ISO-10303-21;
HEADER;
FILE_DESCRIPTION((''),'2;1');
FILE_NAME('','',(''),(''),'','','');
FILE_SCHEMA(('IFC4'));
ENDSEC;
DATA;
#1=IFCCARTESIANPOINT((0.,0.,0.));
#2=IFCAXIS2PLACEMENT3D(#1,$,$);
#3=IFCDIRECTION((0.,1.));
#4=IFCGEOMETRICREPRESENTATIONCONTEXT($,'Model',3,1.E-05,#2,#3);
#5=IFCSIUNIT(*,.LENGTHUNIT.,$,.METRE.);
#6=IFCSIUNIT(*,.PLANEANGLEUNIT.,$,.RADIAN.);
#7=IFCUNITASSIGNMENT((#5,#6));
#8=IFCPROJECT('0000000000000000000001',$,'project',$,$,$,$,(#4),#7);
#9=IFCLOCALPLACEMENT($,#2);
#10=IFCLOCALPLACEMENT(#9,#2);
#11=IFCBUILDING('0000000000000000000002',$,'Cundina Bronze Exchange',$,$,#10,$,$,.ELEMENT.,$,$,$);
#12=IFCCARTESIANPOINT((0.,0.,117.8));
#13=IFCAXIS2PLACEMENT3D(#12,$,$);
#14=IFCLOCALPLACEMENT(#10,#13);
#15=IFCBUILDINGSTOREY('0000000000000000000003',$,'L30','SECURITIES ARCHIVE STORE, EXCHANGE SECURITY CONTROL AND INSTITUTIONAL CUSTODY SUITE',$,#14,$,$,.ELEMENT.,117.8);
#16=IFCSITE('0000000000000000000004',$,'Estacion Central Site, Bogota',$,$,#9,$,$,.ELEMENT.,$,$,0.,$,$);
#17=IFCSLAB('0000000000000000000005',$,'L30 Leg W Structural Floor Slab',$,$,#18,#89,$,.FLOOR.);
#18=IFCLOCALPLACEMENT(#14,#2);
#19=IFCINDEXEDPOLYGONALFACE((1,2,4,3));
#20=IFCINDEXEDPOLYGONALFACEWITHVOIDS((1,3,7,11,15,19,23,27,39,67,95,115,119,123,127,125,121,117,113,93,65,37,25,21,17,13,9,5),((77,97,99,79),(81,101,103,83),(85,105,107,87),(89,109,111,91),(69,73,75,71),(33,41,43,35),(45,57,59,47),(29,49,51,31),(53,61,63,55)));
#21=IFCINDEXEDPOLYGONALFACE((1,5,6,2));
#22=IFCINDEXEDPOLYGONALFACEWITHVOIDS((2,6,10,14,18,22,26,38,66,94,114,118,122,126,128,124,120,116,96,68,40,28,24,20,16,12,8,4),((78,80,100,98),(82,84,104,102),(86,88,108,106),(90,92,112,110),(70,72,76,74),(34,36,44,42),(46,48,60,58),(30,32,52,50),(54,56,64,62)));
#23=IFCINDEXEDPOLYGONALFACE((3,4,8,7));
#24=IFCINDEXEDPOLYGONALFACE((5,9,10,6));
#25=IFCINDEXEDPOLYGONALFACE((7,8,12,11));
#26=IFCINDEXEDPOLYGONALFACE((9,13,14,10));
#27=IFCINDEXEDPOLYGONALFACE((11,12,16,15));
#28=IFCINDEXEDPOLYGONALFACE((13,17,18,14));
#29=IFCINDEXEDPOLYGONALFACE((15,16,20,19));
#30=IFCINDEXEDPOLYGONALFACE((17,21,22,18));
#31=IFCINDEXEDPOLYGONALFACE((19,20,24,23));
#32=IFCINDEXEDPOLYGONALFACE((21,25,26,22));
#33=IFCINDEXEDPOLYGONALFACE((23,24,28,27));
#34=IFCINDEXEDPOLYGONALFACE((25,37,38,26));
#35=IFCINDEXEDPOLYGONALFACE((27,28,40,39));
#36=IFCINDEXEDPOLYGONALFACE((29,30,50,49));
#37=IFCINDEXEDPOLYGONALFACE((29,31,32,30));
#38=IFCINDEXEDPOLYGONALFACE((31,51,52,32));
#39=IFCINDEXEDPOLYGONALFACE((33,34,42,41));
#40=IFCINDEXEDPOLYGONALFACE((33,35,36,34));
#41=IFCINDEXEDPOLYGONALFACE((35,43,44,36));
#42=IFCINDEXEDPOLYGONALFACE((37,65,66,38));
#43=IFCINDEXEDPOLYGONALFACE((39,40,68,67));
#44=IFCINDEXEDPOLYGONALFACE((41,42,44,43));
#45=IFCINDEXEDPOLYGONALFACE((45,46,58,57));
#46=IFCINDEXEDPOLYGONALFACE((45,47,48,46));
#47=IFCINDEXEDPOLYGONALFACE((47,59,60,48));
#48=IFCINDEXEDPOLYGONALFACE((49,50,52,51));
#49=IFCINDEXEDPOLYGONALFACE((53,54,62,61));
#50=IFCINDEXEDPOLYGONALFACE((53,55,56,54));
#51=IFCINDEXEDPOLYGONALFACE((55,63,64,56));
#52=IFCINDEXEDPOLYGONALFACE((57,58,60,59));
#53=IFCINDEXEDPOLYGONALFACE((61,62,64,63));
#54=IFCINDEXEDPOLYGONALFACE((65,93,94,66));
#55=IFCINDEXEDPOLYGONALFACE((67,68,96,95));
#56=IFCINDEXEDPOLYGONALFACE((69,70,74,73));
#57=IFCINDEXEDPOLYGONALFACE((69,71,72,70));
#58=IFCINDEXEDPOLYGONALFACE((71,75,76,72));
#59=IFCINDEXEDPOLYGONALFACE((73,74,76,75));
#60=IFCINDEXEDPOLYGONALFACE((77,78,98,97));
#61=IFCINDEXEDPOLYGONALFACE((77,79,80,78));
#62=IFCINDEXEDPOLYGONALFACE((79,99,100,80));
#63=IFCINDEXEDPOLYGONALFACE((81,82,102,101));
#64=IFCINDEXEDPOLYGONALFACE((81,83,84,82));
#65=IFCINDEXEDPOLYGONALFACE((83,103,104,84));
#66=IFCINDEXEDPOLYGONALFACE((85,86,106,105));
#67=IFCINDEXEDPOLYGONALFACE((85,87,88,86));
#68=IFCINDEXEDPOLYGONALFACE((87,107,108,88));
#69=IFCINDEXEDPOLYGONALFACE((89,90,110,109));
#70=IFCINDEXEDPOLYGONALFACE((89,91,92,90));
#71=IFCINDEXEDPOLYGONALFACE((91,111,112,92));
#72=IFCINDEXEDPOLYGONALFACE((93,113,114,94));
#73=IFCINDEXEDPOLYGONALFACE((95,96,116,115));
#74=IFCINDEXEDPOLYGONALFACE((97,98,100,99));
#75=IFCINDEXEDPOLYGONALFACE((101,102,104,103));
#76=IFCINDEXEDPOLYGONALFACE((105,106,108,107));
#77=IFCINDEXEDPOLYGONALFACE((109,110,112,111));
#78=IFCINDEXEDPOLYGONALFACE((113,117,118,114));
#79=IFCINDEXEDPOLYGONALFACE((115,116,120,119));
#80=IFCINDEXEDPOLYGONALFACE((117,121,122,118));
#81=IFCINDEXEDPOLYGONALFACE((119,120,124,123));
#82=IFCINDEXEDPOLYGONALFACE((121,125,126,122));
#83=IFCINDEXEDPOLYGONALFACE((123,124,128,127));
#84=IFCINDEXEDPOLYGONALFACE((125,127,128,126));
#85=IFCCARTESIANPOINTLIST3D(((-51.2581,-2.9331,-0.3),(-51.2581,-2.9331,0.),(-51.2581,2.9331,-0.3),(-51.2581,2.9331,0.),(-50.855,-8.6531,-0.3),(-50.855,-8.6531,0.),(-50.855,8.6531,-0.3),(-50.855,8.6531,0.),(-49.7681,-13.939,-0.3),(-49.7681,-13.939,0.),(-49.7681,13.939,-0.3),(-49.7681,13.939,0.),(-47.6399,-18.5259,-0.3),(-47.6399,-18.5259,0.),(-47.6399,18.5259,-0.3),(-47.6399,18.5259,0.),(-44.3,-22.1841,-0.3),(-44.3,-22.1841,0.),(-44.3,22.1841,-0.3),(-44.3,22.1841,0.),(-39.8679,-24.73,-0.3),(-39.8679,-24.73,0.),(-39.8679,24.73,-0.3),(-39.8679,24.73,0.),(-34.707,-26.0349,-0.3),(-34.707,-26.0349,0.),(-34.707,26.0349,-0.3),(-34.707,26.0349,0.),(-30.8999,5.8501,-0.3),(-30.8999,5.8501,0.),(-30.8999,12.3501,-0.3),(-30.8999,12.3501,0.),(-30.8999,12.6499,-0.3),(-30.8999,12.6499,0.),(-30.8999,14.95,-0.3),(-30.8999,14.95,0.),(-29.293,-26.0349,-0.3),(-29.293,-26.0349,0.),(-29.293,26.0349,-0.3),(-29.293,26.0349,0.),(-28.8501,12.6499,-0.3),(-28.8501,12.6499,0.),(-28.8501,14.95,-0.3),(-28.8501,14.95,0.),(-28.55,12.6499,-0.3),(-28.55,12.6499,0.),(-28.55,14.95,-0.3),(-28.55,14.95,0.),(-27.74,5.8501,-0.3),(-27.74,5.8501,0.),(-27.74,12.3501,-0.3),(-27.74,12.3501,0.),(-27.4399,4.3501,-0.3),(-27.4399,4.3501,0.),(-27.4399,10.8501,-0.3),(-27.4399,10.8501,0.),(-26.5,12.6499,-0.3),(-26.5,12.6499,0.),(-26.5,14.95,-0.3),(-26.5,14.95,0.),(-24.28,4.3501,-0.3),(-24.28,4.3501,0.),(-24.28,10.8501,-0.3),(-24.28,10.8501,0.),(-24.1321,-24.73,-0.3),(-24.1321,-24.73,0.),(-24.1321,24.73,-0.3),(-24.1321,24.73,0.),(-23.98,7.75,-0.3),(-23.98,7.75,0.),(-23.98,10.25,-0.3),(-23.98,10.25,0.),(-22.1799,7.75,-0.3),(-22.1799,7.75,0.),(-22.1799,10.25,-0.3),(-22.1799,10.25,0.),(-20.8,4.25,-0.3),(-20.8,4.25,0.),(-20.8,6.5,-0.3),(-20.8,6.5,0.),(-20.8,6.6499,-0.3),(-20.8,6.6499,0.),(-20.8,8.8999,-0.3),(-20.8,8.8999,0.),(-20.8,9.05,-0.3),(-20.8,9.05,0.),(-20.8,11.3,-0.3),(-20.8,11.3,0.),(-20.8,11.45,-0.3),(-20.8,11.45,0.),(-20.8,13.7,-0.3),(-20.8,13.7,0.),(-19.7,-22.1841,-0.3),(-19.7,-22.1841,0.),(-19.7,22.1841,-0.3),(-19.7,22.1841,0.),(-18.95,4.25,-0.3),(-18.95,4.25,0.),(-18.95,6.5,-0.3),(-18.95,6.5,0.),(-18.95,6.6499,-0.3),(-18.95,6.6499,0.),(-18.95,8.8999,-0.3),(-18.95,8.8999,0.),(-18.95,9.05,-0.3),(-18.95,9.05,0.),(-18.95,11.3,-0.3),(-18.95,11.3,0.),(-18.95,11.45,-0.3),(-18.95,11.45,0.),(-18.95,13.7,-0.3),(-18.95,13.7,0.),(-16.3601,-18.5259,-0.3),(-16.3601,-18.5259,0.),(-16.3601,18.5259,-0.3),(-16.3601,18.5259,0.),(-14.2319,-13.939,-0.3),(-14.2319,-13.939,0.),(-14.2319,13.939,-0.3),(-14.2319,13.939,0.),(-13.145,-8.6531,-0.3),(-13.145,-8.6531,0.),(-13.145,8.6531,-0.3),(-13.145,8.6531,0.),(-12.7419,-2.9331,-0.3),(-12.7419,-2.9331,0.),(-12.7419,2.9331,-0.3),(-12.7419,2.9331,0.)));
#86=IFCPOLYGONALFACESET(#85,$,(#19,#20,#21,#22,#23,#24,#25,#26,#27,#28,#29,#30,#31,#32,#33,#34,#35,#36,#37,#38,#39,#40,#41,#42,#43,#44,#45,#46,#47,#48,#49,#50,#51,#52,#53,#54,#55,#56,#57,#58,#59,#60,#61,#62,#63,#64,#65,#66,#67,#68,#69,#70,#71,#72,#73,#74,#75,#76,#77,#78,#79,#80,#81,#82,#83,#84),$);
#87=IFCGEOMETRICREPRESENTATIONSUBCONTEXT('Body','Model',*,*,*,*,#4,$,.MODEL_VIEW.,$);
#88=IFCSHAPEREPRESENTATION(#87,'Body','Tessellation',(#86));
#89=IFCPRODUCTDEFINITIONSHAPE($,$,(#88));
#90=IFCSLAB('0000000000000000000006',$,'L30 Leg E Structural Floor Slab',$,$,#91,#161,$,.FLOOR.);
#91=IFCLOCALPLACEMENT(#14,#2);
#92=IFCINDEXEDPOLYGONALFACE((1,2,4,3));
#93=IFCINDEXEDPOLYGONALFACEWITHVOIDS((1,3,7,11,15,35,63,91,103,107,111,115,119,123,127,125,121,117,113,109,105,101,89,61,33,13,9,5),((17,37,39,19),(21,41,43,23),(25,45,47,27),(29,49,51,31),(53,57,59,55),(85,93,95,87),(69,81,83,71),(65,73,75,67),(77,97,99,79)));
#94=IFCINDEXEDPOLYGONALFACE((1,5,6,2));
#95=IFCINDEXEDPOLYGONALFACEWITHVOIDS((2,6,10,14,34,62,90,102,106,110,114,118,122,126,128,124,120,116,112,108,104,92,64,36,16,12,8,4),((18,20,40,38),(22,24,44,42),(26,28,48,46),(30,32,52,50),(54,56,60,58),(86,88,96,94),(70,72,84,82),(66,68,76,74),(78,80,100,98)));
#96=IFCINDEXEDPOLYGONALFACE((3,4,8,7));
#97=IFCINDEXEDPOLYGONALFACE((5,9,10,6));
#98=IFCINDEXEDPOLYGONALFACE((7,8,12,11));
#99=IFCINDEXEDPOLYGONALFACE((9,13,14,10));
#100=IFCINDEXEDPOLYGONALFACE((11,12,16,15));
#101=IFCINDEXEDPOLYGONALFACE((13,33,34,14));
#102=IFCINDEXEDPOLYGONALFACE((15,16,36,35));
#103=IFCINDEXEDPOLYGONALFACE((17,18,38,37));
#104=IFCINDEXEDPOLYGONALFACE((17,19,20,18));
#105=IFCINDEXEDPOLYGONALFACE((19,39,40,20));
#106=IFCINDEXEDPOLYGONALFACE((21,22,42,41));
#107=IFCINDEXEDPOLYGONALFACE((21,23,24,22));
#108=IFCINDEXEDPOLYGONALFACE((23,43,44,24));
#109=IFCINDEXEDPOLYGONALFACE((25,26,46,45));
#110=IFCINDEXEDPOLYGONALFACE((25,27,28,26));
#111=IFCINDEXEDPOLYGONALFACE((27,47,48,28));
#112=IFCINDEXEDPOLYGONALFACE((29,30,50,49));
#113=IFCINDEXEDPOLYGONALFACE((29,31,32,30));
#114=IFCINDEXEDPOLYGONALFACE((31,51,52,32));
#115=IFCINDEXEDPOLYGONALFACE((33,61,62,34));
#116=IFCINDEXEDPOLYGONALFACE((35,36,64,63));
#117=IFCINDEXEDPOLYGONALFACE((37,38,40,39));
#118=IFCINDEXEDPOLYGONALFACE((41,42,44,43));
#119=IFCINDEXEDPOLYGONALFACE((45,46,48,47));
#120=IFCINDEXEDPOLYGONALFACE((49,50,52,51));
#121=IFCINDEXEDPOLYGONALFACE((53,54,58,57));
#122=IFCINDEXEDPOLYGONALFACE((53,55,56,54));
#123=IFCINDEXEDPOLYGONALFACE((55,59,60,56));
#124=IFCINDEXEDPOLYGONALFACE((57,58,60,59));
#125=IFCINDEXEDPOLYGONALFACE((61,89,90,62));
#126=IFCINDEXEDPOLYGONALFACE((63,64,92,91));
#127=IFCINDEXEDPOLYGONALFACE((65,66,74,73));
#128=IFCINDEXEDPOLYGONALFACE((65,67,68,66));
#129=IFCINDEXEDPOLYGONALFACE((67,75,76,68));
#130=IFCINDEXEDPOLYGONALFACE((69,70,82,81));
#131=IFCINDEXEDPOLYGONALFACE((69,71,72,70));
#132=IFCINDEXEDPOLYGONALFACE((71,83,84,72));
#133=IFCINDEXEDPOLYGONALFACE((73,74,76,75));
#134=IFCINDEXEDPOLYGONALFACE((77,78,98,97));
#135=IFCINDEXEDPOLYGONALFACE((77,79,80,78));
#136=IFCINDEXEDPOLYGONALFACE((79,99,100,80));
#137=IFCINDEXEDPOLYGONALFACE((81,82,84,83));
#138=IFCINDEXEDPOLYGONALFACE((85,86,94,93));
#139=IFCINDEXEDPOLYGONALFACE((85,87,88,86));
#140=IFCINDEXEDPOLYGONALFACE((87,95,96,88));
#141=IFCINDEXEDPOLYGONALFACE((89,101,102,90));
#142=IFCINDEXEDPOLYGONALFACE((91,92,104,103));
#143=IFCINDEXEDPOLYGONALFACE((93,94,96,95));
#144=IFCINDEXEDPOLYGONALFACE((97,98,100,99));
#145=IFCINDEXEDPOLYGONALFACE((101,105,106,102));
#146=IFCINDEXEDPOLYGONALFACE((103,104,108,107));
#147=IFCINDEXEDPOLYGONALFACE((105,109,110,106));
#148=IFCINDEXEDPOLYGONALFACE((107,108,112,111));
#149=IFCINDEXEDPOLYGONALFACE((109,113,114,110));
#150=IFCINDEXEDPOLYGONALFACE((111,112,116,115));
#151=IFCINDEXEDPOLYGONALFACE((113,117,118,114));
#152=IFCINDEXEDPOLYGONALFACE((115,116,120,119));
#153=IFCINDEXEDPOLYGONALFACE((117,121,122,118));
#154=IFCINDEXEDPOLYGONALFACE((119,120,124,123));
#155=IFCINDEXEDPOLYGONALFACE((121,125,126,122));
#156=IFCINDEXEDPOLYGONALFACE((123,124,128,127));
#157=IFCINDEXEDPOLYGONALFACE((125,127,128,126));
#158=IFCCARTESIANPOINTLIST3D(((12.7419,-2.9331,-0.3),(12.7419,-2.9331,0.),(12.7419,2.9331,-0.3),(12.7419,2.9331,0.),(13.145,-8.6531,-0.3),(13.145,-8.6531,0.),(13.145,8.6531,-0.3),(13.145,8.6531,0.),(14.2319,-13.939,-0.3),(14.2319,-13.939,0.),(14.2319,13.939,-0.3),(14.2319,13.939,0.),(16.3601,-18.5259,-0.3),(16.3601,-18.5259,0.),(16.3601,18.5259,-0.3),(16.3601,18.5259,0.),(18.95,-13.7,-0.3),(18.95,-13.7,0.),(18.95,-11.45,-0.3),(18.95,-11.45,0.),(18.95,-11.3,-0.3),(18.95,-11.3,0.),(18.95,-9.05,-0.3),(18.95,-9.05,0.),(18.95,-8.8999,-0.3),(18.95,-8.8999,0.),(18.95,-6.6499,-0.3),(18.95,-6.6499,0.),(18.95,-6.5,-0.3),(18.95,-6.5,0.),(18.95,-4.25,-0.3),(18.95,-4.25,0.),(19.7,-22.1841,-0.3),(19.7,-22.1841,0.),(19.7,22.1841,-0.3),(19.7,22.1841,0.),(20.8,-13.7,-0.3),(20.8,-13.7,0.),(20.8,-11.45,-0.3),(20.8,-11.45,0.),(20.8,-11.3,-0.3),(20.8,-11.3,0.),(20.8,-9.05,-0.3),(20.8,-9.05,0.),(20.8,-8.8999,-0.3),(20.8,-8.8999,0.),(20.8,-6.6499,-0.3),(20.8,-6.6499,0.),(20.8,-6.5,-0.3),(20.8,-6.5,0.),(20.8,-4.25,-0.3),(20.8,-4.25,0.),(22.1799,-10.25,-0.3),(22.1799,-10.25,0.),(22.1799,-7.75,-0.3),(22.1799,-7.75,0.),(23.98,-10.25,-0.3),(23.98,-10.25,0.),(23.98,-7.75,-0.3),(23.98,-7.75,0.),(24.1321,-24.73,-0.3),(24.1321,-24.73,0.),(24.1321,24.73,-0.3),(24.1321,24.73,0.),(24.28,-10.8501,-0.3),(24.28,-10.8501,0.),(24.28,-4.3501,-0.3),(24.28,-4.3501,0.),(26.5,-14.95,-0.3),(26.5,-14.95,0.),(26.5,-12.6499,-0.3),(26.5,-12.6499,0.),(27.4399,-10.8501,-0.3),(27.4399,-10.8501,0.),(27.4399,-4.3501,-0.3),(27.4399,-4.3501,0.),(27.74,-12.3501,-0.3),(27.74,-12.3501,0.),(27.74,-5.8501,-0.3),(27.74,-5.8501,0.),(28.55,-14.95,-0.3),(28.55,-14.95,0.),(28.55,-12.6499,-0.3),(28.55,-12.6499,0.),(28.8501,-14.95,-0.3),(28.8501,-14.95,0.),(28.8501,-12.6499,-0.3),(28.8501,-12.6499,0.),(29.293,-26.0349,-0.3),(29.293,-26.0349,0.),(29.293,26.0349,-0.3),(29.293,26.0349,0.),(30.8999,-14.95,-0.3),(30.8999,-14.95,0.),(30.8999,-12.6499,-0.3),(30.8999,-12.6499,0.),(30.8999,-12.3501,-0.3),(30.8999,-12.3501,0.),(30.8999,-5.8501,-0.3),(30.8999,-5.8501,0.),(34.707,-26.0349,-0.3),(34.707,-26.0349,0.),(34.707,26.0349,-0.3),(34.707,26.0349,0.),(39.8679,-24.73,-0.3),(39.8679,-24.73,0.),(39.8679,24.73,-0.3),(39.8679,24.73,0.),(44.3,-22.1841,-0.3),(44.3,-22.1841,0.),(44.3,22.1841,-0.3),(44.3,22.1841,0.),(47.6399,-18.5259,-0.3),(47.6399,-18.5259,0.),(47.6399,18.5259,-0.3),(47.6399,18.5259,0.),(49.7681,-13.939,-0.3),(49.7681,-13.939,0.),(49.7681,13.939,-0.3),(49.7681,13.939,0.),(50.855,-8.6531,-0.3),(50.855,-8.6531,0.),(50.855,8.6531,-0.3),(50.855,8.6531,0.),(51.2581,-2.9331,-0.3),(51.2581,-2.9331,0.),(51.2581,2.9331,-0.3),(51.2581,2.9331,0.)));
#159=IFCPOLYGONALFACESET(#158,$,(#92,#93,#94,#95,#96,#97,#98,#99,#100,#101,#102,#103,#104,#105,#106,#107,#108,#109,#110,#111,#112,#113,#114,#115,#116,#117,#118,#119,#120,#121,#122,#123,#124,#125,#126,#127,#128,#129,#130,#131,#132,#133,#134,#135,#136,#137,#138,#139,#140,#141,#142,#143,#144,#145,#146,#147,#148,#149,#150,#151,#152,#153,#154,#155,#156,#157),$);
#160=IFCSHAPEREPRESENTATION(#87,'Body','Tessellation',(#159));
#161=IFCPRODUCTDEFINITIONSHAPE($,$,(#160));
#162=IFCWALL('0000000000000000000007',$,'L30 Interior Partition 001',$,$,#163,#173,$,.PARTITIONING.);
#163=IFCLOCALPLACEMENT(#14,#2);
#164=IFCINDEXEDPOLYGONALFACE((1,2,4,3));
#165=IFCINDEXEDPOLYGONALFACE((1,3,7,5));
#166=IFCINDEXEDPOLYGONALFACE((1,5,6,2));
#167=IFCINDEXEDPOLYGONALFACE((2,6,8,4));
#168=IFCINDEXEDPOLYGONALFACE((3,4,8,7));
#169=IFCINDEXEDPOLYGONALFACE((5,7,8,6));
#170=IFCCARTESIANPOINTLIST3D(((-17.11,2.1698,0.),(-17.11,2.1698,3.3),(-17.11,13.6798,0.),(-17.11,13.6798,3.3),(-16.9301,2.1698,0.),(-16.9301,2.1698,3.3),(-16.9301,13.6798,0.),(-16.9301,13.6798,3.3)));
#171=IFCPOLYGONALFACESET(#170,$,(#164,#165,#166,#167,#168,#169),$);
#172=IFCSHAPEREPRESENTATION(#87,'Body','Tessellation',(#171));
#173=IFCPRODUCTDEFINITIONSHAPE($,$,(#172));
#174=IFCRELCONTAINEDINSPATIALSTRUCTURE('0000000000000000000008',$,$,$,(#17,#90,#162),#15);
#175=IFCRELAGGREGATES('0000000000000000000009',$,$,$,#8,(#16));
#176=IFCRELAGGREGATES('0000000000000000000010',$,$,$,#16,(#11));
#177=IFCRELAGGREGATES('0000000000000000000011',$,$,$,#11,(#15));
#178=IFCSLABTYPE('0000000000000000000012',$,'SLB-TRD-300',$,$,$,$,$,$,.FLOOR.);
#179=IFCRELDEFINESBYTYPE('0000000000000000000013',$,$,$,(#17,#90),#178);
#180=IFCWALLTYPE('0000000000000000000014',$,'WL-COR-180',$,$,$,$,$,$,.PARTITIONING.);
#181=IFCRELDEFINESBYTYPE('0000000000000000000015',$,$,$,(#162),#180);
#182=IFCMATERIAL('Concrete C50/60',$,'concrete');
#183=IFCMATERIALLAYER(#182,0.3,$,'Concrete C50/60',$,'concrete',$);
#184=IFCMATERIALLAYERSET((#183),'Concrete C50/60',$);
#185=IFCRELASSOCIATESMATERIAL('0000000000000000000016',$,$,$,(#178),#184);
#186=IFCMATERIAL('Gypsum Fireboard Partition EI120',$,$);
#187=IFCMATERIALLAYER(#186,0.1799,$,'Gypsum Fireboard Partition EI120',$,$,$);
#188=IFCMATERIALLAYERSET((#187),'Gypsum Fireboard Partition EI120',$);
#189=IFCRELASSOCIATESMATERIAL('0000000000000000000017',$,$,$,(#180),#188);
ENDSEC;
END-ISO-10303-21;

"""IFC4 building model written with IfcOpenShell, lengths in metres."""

from ifc_helpers import new_model, si_unit, direction, frame, frame_2d, origin, place, context, subcontext, project, spatial, polyline, rectangle, outline, extrude, material, layer, layer_set, type_object, element, save


model = new_model("IFC4")

# Units and contexts
model_context = context("Model", 3, precision=1e-05, world=origin(), true_north=direction((0.0, 1.0)))
body_context = subcontext(model_context, "Body", "Model", "MODEL_VIEW")
ifc_project = project(units=[si_unit("LENGTHUNIT", "METRE"), si_unit("PLANEANGLEUNIT", "RADIAN")], contexts=[model_context])

# Site, building, storey
site_placement = place(None, origin())
site = spatial("IfcSite", under=ifc_project, at=site_placement, Name="Estacion Central Site, Bogota", CompositionType="ELEMENT", RefElevation=0.0)
building_placement = place(site_placement, origin())
building = spatial("IfcBuilding", under=site, at=building_placement, Name="Cundina Bronze Exchange", CompositionType="ELEMENT")
storey_placement = place(building_placement, frame((0.0, 0.0, 117.8)))
storey = spatial("IfcBuildingStorey", under=building, at=storey_placement, Name="L30", Description="SECURITIES ARCHIVE STORE, EXCHANGE SECURITY CONTROL AND INSTITUTIONAL CUSTODY SUITE", CompositionType="ELEMENT", Elevation=117.8)

# Slabs
ifc_material_1 = material(Name="Concrete C50/60", Category="concrete")
ifc_layer_1 = layer(ifc_material_1, 0.3, Name="Concrete C50/60", Category="concrete")
ifc_layer_set_1 = layer_set([ifc_layer_1], Name="Concrete C50/60")
slab_type_1 = type_object("IfcSlabType", Name="SLB-TRD-300", PredefinedType="FLOOR", material=ifc_layer_set_1)
slab_1_placement = place(storey_placement, frame((0.0, 0.0, -0.3)))
element("IfcSlab", 1, at=slab_1_placement, inside=storey, type_object=slab_type_1, Name="L30 Leg W Structural Floor Slab", PredefinedType="FLOOR", context=body_context, shape_type="SweptSolid", body=[
    extrude(outline(polyline([(-12.7419, 2.9331), (-13.145, 8.6531), (-14.2319, 13.939), (-16.3601, 18.5259), (-19.7, 22.1841), (-24.1321, 24.73), (-29.293, 26.0349), (-34.707, 26.0349), (-39.8679, 24.73), (-44.3, 22.1841), (-47.6399, 18.5259), (-49.7681, 13.939), (-50.855, 8.6531), (-51.2581, 2.9331), (-51.2581, -2.9331), (-50.855, -8.6531), (-49.7681, -13.939), (-47.6399, -18.5259), (-44.3, -22.1841), (-39.8679, -24.73), (-34.707, -26.0349), (-29.293, -26.0349), (-24.1321, -24.73), (-19.7, -22.1841), (-16.3601, -18.5259), (-14.2319, -13.939), (-13.145, -8.6531), (-12.7419, -2.9331), (-12.7419, 2.9331)]), holes=[polyline([(-27.74, 5.8501), (-27.74, 12.3501), (-30.8999, 12.3501), (-30.8999, 5.8501), (-27.74, 5.8501)]), polyline([(-27.4399, 10.8501), (-27.4399, 4.3501), (-24.28, 4.3501), (-24.28, 10.8501), (-27.4399, 10.8501)]), polyline([(-23.98, 10.25), (-22.1799, 10.25), (-22.1799, 7.75), (-23.98, 7.75), (-23.98, 10.25)]), polyline([(-30.8999, 14.95), (-28.8501, 14.95), (-28.8501, 12.6499), (-30.8999, 12.6499), (-30.8999, 14.95)]), polyline([(-28.55, 14.95), (-26.5, 14.95), (-26.5, 12.6499), (-28.55, 12.6499), (-28.55, 14.95)]), polyline([(-20.8, 13.7), (-18.95, 13.7), (-18.95, 11.45), (-20.8, 11.45), (-20.8, 13.7)]), polyline([(-20.8, 11.3), (-18.95, 11.3), (-18.95, 9.05), (-20.8, 9.05), (-20.8, 11.3)]), polyline([(-20.8, 8.8999), (-18.95, 8.8999), (-18.95, 6.6499), (-20.8, 6.6499), (-20.8, 8.8999)]), polyline([(-20.8, 6.5), (-18.95, 6.5), (-18.95, 4.25), (-20.8, 4.25), (-20.8, 6.5)])]), origin(), (0.0, 0.0, 1.0), 0.3),
])
slab_2_placement = place(storey_placement, frame((0.0, 0.0, -0.3)))
element("IfcSlab", 2, at=slab_2_placement, inside=storey, type_object=slab_type_1, Name="L30 Leg E Structural Floor Slab", PredefinedType="FLOOR", context=body_context, shape_type="SweptSolid", body=[
    extrude(outline(polyline([(51.2581, 2.9331), (50.855, 8.6531), (49.7681, 13.939), (47.6399, 18.5259), (44.3, 22.1841), (39.8679, 24.73), (34.707, 26.0349), (29.293, 26.0349), (24.1321, 24.73), (19.7, 22.1841), (16.3601, 18.5259), (14.2319, 13.939), (13.145, 8.6531), (12.7419, 2.9331), (12.7419, -2.9331), (13.145, -8.6531), (14.2319, -13.939), (16.3601, -18.5259), (19.7, -22.1841), (24.1321, -24.73), (29.293, -26.0349), (34.707, -26.0349), (39.8679, -24.73), (44.3, -22.1841), (47.6399, -18.5259), (49.7681, -13.939), (50.855, -8.6531), (51.2581, -2.9331), (51.2581, 2.9331)]), holes=[polyline([(27.74, -5.8501), (27.74, -12.3501), (30.8999, -12.3501), (30.8999, -5.8501), (27.74, -5.8501)]), polyline([(27.4399, -10.8501), (27.4399, -4.3501), (24.28, -4.3501), (24.28, -10.8501), (27.4399, -10.8501)]), polyline([(22.1799, -7.75), (23.98, -7.75), (23.98, -10.25), (22.1799, -10.25), (22.1799, -7.75)]), polyline([(28.8501, -12.6499), (30.8999, -12.6499), (30.8999, -14.95), (28.8501, -14.95), (28.8501, -12.6499)]), polyline([(26.5, -12.6499), (28.55, -12.6499), (28.55, -14.95), (26.5, -14.95), (26.5, -12.6499)]), polyline([(18.95, -11.45), (20.8, -11.45), (20.8, -13.7), (18.95, -13.7), (18.95, -11.45)]), polyline([(18.95, -9.05), (20.8, -9.05), (20.8, -11.3), (18.95, -11.3), (18.95, -9.05)]), polyline([(18.95, -6.6499), (20.8, -6.6499), (20.8, -8.8999), (18.95, -8.8999), (18.95, -6.6499)]), polyline([(18.95, -4.25), (20.8, -4.25), (20.8, -6.5), (18.95, -6.5), (18.95, -4.25)])]), origin(), (0.0, 0.0, 1.0), 0.3),
])

# Wall
ifc_material_2 = material(Name="Gypsum Fireboard Partition EI120")
ifc_layer_2 = layer(ifc_material_2, 0.1799, Name="Gypsum Fireboard Partition EI120")
ifc_layer_set_2 = layer_set([ifc_layer_2], Name="Gypsum Fireboard Partition EI120")
wall_type_1 = type_object("IfcWallType", Name="WL-COR-180", PredefinedType="PARTITIONING", material=ifc_layer_set_2)
wall_1_placement = place(storey_placement, frame((-17.02, 2.1699, 0.0), z_axis=(0.0, 0.0, 1.0), x_axis=(0.0, 1.0, 0.0)))
element("IfcWall", 3, at=wall_1_placement, inside=storey, type_object=wall_type_1, Name="L30 Interior Partition 001", PredefinedType="PARTITIONING", context=body_context, shape_type="SweptSolid", body=[
    extrude(rectangle(XDim=11.51, YDim=0.1799, at=frame_2d((5.7549, 0.0))), origin(), (0.0, 0.0, 1.0), 3.3),
])

save(model, "model.ifc")
